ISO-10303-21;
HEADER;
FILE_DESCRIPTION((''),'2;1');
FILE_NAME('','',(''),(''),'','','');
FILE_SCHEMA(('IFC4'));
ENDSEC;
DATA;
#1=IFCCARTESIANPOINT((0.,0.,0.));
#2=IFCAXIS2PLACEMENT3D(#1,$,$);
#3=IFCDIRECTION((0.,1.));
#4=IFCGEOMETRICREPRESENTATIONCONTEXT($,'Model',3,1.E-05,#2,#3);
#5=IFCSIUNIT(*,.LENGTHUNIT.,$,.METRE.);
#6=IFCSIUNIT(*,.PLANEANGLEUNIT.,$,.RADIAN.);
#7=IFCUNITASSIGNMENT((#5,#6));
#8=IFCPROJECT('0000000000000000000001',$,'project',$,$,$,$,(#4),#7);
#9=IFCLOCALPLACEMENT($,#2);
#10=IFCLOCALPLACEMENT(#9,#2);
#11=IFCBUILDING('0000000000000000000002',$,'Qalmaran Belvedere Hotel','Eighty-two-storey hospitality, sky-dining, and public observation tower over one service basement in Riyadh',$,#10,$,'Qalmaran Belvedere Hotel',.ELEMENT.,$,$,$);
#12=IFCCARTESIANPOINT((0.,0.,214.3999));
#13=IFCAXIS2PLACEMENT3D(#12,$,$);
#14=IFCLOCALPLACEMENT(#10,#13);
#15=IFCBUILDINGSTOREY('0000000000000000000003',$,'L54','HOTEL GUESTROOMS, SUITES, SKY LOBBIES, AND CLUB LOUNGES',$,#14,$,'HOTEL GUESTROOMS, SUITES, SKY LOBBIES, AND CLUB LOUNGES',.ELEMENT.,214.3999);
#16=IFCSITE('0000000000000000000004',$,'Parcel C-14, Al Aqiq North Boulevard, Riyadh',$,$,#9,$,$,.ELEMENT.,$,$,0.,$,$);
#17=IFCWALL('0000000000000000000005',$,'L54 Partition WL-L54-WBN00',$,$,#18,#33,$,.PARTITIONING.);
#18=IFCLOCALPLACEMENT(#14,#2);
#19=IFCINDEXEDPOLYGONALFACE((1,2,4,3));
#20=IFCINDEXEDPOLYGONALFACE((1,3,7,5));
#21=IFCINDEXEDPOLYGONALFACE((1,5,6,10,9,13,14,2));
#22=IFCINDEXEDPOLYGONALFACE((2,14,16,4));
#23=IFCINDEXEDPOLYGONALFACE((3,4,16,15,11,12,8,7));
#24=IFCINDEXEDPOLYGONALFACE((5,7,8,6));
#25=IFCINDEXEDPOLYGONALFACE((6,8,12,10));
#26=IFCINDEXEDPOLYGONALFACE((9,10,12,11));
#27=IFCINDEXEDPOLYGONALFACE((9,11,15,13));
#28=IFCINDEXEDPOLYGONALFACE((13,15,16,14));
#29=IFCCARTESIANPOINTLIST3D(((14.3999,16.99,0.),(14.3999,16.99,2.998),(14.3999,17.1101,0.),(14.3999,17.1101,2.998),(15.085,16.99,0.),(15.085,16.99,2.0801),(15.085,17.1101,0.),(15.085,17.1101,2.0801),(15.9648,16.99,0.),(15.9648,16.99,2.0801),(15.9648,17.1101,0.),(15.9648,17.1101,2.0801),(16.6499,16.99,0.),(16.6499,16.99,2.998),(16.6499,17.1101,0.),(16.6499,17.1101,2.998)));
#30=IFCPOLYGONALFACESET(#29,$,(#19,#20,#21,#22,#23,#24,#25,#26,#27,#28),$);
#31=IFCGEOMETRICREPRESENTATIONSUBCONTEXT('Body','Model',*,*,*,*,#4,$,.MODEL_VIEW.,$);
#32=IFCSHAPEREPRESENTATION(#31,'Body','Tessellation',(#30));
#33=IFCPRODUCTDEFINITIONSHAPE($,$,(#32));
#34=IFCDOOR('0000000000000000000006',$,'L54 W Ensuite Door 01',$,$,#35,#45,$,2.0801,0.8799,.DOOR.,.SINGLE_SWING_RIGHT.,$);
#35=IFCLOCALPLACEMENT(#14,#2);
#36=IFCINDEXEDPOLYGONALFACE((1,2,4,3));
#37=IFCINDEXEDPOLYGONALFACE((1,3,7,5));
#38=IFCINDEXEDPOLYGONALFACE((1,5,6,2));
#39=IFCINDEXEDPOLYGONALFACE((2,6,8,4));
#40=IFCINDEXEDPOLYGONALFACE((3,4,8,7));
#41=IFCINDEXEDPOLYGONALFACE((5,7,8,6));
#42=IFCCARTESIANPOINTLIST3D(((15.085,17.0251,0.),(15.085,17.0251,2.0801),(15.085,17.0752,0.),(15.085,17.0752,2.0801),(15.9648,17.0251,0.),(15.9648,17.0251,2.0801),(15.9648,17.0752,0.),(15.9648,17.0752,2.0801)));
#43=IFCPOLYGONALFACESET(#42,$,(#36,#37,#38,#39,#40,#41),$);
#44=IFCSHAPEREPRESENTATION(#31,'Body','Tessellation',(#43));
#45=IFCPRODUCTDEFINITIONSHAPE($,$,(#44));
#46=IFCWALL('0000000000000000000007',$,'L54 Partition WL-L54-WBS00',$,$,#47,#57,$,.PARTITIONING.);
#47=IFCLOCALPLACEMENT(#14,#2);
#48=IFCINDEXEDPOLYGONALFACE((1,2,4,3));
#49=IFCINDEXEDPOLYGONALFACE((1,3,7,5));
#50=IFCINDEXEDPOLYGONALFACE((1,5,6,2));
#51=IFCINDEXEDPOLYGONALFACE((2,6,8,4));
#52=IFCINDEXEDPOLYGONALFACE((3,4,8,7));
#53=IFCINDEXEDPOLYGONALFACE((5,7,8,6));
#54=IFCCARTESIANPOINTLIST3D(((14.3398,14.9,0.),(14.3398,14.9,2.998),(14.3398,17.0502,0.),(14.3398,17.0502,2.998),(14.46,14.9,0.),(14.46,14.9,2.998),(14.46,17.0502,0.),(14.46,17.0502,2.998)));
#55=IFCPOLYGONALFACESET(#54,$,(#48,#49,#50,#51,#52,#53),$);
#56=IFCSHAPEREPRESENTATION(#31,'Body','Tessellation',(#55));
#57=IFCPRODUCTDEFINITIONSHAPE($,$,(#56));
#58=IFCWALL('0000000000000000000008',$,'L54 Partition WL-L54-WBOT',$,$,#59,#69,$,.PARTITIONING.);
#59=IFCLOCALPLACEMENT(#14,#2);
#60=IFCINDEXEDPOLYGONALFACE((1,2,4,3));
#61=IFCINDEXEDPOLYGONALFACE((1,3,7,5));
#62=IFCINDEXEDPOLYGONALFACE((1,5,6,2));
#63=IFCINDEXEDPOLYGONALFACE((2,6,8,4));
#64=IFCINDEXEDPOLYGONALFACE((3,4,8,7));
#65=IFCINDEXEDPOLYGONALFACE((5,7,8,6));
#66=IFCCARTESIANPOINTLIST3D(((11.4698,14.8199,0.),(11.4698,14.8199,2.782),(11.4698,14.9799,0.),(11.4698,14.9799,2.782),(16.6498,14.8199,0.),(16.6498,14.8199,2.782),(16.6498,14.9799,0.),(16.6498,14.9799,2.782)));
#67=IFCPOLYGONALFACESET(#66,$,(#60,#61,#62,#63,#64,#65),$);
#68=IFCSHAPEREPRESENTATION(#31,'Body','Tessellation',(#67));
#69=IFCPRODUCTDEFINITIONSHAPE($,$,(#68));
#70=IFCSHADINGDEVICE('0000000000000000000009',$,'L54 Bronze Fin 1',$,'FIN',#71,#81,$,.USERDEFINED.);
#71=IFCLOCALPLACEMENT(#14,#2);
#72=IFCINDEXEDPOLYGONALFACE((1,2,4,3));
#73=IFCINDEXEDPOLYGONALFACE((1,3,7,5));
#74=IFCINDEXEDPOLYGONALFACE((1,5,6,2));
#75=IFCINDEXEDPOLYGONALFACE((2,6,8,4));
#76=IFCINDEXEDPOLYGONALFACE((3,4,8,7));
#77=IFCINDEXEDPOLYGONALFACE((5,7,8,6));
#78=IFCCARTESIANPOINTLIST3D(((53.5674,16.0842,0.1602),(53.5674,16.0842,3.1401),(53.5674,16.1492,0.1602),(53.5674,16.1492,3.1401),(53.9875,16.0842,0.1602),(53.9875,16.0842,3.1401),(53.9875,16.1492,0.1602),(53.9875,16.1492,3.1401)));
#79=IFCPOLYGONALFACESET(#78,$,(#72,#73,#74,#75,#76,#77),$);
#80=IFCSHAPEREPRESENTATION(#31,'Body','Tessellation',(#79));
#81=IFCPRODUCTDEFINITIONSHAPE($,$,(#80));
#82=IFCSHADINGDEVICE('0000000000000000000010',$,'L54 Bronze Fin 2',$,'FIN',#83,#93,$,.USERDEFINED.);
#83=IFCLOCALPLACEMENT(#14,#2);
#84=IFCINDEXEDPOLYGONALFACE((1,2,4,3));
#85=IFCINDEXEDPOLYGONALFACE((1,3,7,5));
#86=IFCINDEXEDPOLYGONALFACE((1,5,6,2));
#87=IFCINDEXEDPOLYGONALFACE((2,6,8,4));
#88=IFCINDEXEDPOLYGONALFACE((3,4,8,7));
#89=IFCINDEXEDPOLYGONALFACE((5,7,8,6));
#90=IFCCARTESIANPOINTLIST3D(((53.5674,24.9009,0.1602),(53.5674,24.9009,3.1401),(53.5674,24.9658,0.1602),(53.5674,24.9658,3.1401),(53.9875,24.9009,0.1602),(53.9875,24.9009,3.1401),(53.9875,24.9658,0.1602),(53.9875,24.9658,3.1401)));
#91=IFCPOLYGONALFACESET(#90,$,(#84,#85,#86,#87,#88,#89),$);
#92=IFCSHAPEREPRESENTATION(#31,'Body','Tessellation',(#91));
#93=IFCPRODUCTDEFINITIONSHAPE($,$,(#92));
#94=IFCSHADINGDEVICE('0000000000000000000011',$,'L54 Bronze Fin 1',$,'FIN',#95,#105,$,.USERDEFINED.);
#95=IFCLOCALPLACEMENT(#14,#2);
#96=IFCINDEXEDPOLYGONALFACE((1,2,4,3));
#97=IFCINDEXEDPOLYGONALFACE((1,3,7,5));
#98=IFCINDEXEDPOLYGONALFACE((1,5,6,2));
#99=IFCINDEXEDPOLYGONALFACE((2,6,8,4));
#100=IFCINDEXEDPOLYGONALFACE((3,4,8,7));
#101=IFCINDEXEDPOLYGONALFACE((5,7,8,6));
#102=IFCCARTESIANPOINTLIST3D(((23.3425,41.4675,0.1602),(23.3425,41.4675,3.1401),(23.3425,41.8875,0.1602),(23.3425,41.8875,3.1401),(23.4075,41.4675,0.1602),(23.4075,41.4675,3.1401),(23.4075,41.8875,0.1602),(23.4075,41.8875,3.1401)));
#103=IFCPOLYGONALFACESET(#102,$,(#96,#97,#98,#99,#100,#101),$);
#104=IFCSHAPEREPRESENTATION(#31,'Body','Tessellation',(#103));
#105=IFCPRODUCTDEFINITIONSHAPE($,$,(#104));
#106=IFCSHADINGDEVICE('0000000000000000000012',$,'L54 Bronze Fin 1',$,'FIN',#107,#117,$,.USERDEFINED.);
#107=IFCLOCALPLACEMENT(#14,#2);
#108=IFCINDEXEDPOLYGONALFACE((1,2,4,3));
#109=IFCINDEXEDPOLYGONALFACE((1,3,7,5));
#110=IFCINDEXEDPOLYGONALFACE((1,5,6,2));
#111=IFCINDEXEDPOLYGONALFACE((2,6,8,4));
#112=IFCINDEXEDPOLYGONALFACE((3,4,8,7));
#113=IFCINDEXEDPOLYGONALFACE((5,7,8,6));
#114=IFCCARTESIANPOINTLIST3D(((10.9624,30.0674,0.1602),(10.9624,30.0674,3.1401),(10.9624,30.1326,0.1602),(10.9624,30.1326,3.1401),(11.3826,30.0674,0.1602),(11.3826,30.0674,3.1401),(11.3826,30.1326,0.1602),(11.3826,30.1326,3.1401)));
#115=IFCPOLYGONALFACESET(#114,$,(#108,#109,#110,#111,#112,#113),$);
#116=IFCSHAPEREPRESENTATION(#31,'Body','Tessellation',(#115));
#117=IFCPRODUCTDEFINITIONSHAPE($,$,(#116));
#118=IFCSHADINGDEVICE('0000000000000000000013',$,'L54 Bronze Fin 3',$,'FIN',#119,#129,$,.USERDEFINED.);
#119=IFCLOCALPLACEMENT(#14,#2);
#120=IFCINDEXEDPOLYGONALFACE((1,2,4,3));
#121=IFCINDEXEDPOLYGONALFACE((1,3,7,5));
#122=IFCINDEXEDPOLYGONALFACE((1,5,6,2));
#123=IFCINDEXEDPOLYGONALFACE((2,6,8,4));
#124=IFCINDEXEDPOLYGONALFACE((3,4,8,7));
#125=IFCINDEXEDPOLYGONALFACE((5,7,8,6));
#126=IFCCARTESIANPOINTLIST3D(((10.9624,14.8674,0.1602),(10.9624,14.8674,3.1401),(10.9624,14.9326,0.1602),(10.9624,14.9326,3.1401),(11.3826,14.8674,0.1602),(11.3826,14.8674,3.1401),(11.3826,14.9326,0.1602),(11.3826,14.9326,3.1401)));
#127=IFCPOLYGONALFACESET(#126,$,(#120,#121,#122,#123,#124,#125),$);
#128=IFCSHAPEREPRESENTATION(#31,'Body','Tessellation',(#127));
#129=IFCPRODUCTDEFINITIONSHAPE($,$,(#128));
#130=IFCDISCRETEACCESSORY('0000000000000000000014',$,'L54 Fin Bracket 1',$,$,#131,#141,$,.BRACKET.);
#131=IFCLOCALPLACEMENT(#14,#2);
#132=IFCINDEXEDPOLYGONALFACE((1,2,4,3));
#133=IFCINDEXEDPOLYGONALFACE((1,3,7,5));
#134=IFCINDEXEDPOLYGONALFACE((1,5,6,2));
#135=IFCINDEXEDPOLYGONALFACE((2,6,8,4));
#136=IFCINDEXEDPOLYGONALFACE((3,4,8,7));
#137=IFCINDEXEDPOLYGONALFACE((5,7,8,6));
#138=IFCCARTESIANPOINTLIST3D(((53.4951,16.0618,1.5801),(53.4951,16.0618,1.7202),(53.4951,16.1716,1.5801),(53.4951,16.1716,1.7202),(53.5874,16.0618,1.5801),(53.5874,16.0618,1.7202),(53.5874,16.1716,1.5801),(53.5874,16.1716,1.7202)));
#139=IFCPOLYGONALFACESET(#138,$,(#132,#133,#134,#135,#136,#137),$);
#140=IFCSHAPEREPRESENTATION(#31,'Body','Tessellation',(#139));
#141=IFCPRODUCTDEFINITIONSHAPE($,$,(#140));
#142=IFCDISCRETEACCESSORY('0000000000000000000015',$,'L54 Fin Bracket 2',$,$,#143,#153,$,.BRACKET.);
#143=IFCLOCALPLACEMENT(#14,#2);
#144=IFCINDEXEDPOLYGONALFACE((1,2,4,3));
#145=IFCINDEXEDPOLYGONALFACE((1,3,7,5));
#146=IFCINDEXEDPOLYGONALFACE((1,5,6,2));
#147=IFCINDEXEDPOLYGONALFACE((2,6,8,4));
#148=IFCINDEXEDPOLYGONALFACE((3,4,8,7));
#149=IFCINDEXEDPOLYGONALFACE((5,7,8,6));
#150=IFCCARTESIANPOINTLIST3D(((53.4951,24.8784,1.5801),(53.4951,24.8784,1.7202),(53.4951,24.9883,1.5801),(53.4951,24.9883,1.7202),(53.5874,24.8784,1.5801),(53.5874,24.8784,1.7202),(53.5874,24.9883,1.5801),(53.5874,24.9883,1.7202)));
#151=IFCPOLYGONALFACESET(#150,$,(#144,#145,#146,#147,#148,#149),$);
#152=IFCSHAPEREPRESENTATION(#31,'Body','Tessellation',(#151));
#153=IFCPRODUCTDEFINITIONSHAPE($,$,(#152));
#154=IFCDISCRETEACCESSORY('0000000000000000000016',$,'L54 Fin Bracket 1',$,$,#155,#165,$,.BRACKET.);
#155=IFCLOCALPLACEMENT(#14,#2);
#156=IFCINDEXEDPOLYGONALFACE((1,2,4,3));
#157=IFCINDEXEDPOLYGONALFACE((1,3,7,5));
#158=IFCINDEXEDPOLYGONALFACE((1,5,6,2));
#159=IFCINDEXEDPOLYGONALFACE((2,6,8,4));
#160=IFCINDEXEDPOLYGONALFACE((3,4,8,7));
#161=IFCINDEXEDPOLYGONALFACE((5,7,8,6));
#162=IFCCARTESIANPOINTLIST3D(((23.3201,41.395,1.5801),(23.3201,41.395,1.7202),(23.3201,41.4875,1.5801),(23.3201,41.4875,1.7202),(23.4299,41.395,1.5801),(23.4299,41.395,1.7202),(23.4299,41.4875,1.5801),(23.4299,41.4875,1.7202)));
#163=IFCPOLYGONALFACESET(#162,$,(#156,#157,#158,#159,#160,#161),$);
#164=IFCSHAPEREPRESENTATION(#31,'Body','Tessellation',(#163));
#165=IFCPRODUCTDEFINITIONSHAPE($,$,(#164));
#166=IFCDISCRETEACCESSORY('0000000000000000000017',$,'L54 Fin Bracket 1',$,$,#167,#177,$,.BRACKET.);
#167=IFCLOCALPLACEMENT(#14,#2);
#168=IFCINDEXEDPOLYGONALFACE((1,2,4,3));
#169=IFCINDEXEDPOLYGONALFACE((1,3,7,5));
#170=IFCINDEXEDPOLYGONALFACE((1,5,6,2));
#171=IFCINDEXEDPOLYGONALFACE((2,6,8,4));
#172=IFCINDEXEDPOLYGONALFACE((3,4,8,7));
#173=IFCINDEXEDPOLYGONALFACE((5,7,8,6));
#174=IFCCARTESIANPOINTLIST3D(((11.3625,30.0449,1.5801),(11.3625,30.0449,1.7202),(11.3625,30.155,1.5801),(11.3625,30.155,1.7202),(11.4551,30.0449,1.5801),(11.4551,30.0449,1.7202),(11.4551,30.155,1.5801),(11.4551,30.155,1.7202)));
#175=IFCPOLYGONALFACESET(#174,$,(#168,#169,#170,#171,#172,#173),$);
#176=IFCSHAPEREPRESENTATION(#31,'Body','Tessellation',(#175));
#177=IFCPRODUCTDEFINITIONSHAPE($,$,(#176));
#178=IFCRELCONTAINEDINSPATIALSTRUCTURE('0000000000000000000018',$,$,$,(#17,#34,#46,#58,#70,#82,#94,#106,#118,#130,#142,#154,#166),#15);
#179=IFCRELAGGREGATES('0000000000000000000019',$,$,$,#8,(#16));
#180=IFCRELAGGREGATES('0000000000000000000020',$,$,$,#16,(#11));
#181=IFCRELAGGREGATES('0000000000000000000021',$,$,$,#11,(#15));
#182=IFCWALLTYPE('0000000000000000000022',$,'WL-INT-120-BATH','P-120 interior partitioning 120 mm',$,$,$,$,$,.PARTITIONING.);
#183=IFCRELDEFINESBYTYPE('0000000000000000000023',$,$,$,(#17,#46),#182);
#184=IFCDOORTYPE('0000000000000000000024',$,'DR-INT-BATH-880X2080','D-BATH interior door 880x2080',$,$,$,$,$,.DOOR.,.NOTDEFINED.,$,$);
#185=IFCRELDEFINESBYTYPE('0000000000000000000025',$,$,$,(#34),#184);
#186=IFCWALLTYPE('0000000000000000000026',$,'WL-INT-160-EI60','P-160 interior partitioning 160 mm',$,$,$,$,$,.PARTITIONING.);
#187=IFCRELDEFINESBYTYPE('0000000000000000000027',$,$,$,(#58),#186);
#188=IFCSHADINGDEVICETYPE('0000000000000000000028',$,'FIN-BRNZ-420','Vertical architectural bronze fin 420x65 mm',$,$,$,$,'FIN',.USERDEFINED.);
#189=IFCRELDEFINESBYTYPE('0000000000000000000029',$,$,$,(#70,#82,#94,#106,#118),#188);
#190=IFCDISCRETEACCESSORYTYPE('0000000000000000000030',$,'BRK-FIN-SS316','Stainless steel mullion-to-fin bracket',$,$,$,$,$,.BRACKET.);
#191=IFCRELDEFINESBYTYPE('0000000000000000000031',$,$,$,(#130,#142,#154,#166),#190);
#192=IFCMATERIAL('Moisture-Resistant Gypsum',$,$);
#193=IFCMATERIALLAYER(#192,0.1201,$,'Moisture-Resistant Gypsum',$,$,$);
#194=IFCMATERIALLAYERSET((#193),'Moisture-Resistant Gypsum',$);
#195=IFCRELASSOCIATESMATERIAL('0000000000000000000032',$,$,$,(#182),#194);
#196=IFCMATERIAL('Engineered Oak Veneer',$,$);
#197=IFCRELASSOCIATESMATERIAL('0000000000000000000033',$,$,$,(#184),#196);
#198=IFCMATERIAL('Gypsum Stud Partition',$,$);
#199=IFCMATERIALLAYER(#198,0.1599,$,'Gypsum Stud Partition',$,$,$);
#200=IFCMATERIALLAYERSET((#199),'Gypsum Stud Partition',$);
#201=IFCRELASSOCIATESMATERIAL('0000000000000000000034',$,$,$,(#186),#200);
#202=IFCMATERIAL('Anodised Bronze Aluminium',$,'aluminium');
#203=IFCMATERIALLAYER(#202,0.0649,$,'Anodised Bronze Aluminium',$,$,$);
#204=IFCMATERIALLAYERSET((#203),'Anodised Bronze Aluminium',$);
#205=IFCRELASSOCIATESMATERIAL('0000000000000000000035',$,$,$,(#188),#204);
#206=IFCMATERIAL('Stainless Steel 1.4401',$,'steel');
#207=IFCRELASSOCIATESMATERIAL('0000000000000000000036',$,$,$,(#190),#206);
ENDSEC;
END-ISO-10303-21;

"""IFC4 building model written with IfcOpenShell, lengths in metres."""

from ifc_helpers import new_model, si_unit, direction, frame, frame_2d, origin, place, context, subcontext, project, spatial, polyline, rectangle, outline, extrude, material, layer, layer_set, type_object, element, fill, save


model = new_model("IFC4")

# Units and contexts
model_context = context("Model", 3, precision=1e-05, world=origin(), true_north=direction((0.0, 1.0)))
body_context = subcontext(model_context, "Body", "Model", "MODEL_VIEW")
ifc_project = project(units=[si_unit("LENGTHUNIT", "METRE"), si_unit("PLANEANGLEUNIT", "RADIAN")], contexts=[model_context])

# Site, building, storey
site_placement = place(None, origin())
site = spatial("IfcSite", under=ifc_project, at=site_placement, Name="Parcel C-14, Al Aqiq North Boulevard, Riyadh", CompositionType="ELEMENT", RefElevation=0.0)
building_placement = place(site_placement, origin())
building = spatial("IfcBuilding", under=site, at=building_placement, Name="Qalmaran Belvedere Hotel", Description="Eighty-two-storey hospitality, sky-dining, and public observation tower over one service basement in Riyadh", LongName="Qalmaran Belvedere Hotel", CompositionType="ELEMENT")
storey_placement = place(building_placement, frame((0.0, 0.0, 214.3999)))
storey = spatial("IfcBuildingStorey", under=building, at=storey_placement, Name="L54", Description="HOTEL GUESTROOMS, SUITES, SKY LOBBIES, AND CLUB LOUNGES", LongName="HOTEL GUESTROOMS, SUITES, SKY LOBBIES, AND CLUB LOUNGES", CompositionType="ELEMENT", Elevation=214.3999)

# Shared definitions
ifc_material_1 = material(Name="Anodised Bronze Aluminium", Category="aluminium")

# Wall, opening, door
ifc_material_2 = material(Name="Moisture-Resistant Gypsum")
ifc_layer_1 = layer(ifc_material_2, 0.1201, Name="Moisture-Resistant Gypsum")
ifc_layer_set_1 = layer_set([ifc_layer_1], Name="Moisture-Resistant Gypsum")
wall_type_1 = type_object("IfcWallType", Name="WL-INT-120-BATH", Description="P-120 interior partitioning 120 mm", PredefinedType="PARTITIONING", material=ifc_layer_set_1)
wall_1_placement = place(storey_placement, frame((14.3999, 17.05, 0.0), z_axis=(0.0, 0.0, 1.0), x_axis=(1.0, 0.0, 0.0)))
wall_1 = element("IfcWall", 1, at=wall_1_placement, inside=storey, type_object=wall_type_1, Name="L54 Partition WL-L54-WBN00", PredefinedType="PARTITIONING", context=body_context, shape_type="SweptSolid", body=[
    extrude(rectangle(XDim=2.25, YDim=0.1201, at=frame_2d((1.125, 0.0))), origin(), (0.0, 0.0, 1.0), 2.998),
])
opening_1_placement = place(wall_1_placement, frame((1.5649, 0.0, 0.0), z_axis=(0.0, 0.0, 1.0), x_axis=(-1.0, 0.0, 0.0)))
opening_1 = element("IfcOpeningElement", 2, at=opening_1_placement, cuts=wall_1, PredefinedType="OPENING", context=body_context, shape_type="SweptSolid", body=[
    extrude(rectangle(XDim=0.8799, YDim=2.0801, at=frame_2d((0.4399, 1.04))), frame((0.0, 0.0701, 0.0), z_axis=(0.0, -1.0, 0.0), x_axis=(1.0, 0.0, 0.0)), (0.0, 0.0, 1.0), 0.1401),
])
ifc_material_3 = material(Name="Engineered Oak Veneer")
door_type = type_object("IfcDoorType", Name="DR-INT-BATH-880X2080", Description="D-BATH interior door 880x2080", OperationType="NOTDEFINED", PredefinedType="DOOR", material=ifc_material_3)
door_placement = place(opening_1_placement, origin())
door = element("IfcDoor", 3, at=door_placement, inside=storey, type_object=door_type, Name="L54 W Ensuite Door 01", OperationType="SINGLE_SWING_RIGHT", OverallHeight=2.0801, OverallWidth=0.8799, PredefinedType="DOOR", context=body_context, shape_type="SweptSolid", body=[
    extrude(rectangle(XDim=0.8799, YDim=2.0801, at=frame_2d((0.4399, 1.04))), frame((0.0, 0.0249, 0.0), z_axis=(0.0, -1.0, 0.0), x_axis=(1.0, 0.0, 0.0)), (0.0, 0.0, 1.0), 0.05),
])
fill(opening_1, door)

# Walls
wall_2_placement = place(storey_placement, frame((14.3999, 14.8999, 0.0), z_axis=(0.0, 0.0, 1.0), x_axis=(0.0, 1.0, 0.0)))
element("IfcWall", 4, at=wall_2_placement, inside=storey, type_object=wall_type_1, Name="L54 Partition WL-L54-WBS00", PredefinedType="PARTITIONING", context=body_context, shape_type="SweptSolid", body=[
    extrude(rectangle(XDim=2.1501, YDim=0.1201, at=frame_2d((1.0752, 0.0))), origin(), (0.0, 0.0, 1.0), 2.998),
])
ifc_material_4 = material(Name="Gypsum Stud Partition")
ifc_layer_2 = layer(ifc_material_4, 0.1599, Name="Gypsum Stud Partition")
ifc_layer_set_2 = layer_set([ifc_layer_2], Name="Gypsum Stud Partition")
wall_type_2 = type_object("IfcWallType", Name="WL-INT-160-EI60", Description="P-160 interior partitioning 160 mm", PredefinedType="PARTITIONING", material=ifc_layer_set_2)
wall_3_placement = place(storey_placement, frame((11.47, 14.8999, 0.0), z_axis=(0.0, 0.0, 1.0), x_axis=(1.0, 0.0, 0.0)))
element("IfcWall", 5, at=wall_3_placement, inside=storey, type_object=wall_type_2, Name="L54 Partition WL-L54-WBOT", PredefinedType="PARTITIONING", context=body_context, shape_type="SweptSolid", body=[
    extrude(rectangle(XDim=5.1799, YDim=0.1599, at=frame_2d((2.5898, 0.0))), origin(), (0.0, 0.0, 1.0), 2.782),
])

# Shading devices
ifc_layer_3 = layer(ifc_material_1, 0.0649, Name="Anodised Bronze Aluminium")
ifc_layer_set_3 = layer_set([ifc_layer_3], Name="Anodised Bronze Aluminium")
shading_device_type = type_object("IfcShadingDeviceType", Name="FIN-BRNZ-420", Description="Vertical architectural bronze fin 420x65 mm", ElementType="FIN", PredefinedType="USERDEFINED", material=ifc_layer_set_3)
shading_device_1_placement = place(storey_placement, frame((0.0, 0.0, 0.1602)))
element("IfcShadingDevice", 6, at=shading_device_1_placement, inside=storey, type_object=shading_device_type, Name="L54 Bronze Fin 1", ObjectType="FIN", PredefinedType="USERDEFINED", context=body_context, shape_type="SweptSolid", body=[
    extrude(outline(polyline([(53.5674, 16.0842), (53.9875, 16.0842), (53.9875, 16.1492), (53.5674, 16.1492), (53.5674, 16.0842)])), origin(), (0.0, 0.0, 1.0), 2.98),
])
shading_device_2_placement = place(storey_placement, frame((0.0, 0.0, 0.1602)))
element("IfcShadingDevice", 7, at=shading_device_2_placement, inside=storey, type_object=shading_device_type, Name="L54 Bronze Fin 2", ObjectType="FIN", PredefinedType="USERDEFINED", context=body_context, shape_type="SweptSolid", body=[
    extrude(outline(polyline([(53.5674, 24.9009), (53.9875, 24.9009), (53.9875, 24.9658), (53.5674, 24.9658), (53.5674, 24.9009)])), origin(), (0.0, 0.0, 1.0), 2.98),
])
shading_device_3_placement = place(storey_placement, frame((0.0, 0.0, 0.1602)))
element("IfcShadingDevice", 8, at=shading_device_3_placement, inside=storey, type_object=shading_device_type, Name="L54 Bronze Fin 1", ObjectType="FIN", PredefinedType="USERDEFINED", context=body_context, shape_type="SweptSolid", body=[
    extrude(outline(polyline([(23.4075, 41.4675), (23.4075, 41.8875), (23.3425, 41.8875), (23.3425, 41.4675), (23.4075, 41.4675)])), origin(), (0.0, 0.0, 1.0), 2.98),
])
shading_device_4_placement = place(storey_placement, frame((0.0, 0.0, 0.1602)))
element("IfcShadingDevice", 9, at=shading_device_4_placement, inside=storey, type_object=shading_device_type, Name="L54 Bronze Fin 1", ObjectType="FIN", PredefinedType="USERDEFINED", context=body_context, shape_type="SweptSolid", body=[
    extrude(outline(polyline([(11.3826, 30.1326), (10.9624, 30.1326), (10.9624, 30.0674), (11.3826, 30.0674), (11.3826, 30.1326)])), origin(), (0.0, 0.0, 1.0), 2.98),
])
shading_device_5_placement = place(storey_placement, frame((0.0, 0.0, 0.1602)))
element("IfcShadingDevice", 10, at=shading_device_5_placement, inside=storey, type_object=shading_device_type, Name="L54 Bronze Fin 3", ObjectType="FIN", PredefinedType="USERDEFINED", context=body_context, shape_type="SweptSolid", body=[
    extrude(outline(polyline([(11.3826, 14.9326), (10.9624, 14.9326), (10.9624, 14.8674), (11.3826, 14.8674), (11.3826, 14.9326)])), origin(), (0.0, 0.0, 1.0), 2.98),
])

# Discrete accessories
ifc_material_5 = material(Name="Stainless Steel 1.4401", Category="steel")
discrete_accessory_type_1 = type_object("IfcDiscreteAccessoryType", Name="BRK-FIN-SS316", Description="Stainless steel mullion-to-fin bracket", PredefinedType="BRACKET", material=ifc_material_5)
discrete_accessory_1_placement = place(storey_placement, frame((0.0, 0.0, 1.5801)))
element("IfcDiscreteAccessory", 11, at=discrete_accessory_1_placement, inside=storey, type_object=discrete_accessory_type_1, Name="L54 Fin Bracket 1", PredefinedType="BRACKET", context=body_context, shape_type="SweptSolid", body=[
    extrude(outline(polyline([(53.4951, 16.0618), (53.5874, 16.0618), (53.5874, 16.1716), (53.4951, 16.1716), (53.4951, 16.0618)])), origin(), (0.0, 0.0, 1.0), 0.1401),
])
discrete_accessory_2_placement = place(storey_placement, frame((0.0, 0.0, 1.5801)))
element("IfcDiscreteAccessory", 12, at=discrete_accessory_2_placement, inside=storey, type_object=discrete_accessory_type_1, Name="L54 Fin Bracket 2", PredefinedType="BRACKET", context=body_context, shape_type="SweptSolid", body=[
    extrude(outline(polyline([(53.4951, 24.8784), (53.5874, 24.8784), (53.5874, 24.9883), (53.4951, 24.9883), (53.4951, 24.8784)])), origin(), (0.0, 0.0, 1.0), 0.1401),
])
discrete_accessory_3_placement = place(storey_placement, frame((0.0, 0.0, 1.5801)))
element("IfcDiscreteAccessory", 13, at=discrete_accessory_3_placement, inside=storey, type_object=discrete_accessory_type_1, Name="L54 Fin Bracket 1", PredefinedType="BRACKET", context=body_context, shape_type="SweptSolid", body=[
    extrude(outline(polyline([(23.4299, 41.395), (23.4299, 41.4875), (23.3201, 41.4875), (23.3201, 41.395), (23.4299, 41.395)])), origin(), (0.0, 0.0, 1.0), 0.1401),
])
discrete_accessory_4_placement = place(storey_placement, frame((0.0, 0.0, 1.5801)))
element("IfcDiscreteAccessory", 14, at=discrete_accessory_4_placement, inside=storey, type_object=discrete_accessory_type_1, Name="L54 Fin Bracket 1", PredefinedType="BRACKET", context=body_context, shape_type="SweptSolid", body=[
    extrude(outline(polyline([(11.4551, 30.155), (11.3625, 30.155), (11.3625, 30.0449), (11.4551, 30.0449), (11.4551, 30.155)])), origin(), (0.0, 0.0, 1.0), 0.1401),
])

save(model, "model.ifc")
